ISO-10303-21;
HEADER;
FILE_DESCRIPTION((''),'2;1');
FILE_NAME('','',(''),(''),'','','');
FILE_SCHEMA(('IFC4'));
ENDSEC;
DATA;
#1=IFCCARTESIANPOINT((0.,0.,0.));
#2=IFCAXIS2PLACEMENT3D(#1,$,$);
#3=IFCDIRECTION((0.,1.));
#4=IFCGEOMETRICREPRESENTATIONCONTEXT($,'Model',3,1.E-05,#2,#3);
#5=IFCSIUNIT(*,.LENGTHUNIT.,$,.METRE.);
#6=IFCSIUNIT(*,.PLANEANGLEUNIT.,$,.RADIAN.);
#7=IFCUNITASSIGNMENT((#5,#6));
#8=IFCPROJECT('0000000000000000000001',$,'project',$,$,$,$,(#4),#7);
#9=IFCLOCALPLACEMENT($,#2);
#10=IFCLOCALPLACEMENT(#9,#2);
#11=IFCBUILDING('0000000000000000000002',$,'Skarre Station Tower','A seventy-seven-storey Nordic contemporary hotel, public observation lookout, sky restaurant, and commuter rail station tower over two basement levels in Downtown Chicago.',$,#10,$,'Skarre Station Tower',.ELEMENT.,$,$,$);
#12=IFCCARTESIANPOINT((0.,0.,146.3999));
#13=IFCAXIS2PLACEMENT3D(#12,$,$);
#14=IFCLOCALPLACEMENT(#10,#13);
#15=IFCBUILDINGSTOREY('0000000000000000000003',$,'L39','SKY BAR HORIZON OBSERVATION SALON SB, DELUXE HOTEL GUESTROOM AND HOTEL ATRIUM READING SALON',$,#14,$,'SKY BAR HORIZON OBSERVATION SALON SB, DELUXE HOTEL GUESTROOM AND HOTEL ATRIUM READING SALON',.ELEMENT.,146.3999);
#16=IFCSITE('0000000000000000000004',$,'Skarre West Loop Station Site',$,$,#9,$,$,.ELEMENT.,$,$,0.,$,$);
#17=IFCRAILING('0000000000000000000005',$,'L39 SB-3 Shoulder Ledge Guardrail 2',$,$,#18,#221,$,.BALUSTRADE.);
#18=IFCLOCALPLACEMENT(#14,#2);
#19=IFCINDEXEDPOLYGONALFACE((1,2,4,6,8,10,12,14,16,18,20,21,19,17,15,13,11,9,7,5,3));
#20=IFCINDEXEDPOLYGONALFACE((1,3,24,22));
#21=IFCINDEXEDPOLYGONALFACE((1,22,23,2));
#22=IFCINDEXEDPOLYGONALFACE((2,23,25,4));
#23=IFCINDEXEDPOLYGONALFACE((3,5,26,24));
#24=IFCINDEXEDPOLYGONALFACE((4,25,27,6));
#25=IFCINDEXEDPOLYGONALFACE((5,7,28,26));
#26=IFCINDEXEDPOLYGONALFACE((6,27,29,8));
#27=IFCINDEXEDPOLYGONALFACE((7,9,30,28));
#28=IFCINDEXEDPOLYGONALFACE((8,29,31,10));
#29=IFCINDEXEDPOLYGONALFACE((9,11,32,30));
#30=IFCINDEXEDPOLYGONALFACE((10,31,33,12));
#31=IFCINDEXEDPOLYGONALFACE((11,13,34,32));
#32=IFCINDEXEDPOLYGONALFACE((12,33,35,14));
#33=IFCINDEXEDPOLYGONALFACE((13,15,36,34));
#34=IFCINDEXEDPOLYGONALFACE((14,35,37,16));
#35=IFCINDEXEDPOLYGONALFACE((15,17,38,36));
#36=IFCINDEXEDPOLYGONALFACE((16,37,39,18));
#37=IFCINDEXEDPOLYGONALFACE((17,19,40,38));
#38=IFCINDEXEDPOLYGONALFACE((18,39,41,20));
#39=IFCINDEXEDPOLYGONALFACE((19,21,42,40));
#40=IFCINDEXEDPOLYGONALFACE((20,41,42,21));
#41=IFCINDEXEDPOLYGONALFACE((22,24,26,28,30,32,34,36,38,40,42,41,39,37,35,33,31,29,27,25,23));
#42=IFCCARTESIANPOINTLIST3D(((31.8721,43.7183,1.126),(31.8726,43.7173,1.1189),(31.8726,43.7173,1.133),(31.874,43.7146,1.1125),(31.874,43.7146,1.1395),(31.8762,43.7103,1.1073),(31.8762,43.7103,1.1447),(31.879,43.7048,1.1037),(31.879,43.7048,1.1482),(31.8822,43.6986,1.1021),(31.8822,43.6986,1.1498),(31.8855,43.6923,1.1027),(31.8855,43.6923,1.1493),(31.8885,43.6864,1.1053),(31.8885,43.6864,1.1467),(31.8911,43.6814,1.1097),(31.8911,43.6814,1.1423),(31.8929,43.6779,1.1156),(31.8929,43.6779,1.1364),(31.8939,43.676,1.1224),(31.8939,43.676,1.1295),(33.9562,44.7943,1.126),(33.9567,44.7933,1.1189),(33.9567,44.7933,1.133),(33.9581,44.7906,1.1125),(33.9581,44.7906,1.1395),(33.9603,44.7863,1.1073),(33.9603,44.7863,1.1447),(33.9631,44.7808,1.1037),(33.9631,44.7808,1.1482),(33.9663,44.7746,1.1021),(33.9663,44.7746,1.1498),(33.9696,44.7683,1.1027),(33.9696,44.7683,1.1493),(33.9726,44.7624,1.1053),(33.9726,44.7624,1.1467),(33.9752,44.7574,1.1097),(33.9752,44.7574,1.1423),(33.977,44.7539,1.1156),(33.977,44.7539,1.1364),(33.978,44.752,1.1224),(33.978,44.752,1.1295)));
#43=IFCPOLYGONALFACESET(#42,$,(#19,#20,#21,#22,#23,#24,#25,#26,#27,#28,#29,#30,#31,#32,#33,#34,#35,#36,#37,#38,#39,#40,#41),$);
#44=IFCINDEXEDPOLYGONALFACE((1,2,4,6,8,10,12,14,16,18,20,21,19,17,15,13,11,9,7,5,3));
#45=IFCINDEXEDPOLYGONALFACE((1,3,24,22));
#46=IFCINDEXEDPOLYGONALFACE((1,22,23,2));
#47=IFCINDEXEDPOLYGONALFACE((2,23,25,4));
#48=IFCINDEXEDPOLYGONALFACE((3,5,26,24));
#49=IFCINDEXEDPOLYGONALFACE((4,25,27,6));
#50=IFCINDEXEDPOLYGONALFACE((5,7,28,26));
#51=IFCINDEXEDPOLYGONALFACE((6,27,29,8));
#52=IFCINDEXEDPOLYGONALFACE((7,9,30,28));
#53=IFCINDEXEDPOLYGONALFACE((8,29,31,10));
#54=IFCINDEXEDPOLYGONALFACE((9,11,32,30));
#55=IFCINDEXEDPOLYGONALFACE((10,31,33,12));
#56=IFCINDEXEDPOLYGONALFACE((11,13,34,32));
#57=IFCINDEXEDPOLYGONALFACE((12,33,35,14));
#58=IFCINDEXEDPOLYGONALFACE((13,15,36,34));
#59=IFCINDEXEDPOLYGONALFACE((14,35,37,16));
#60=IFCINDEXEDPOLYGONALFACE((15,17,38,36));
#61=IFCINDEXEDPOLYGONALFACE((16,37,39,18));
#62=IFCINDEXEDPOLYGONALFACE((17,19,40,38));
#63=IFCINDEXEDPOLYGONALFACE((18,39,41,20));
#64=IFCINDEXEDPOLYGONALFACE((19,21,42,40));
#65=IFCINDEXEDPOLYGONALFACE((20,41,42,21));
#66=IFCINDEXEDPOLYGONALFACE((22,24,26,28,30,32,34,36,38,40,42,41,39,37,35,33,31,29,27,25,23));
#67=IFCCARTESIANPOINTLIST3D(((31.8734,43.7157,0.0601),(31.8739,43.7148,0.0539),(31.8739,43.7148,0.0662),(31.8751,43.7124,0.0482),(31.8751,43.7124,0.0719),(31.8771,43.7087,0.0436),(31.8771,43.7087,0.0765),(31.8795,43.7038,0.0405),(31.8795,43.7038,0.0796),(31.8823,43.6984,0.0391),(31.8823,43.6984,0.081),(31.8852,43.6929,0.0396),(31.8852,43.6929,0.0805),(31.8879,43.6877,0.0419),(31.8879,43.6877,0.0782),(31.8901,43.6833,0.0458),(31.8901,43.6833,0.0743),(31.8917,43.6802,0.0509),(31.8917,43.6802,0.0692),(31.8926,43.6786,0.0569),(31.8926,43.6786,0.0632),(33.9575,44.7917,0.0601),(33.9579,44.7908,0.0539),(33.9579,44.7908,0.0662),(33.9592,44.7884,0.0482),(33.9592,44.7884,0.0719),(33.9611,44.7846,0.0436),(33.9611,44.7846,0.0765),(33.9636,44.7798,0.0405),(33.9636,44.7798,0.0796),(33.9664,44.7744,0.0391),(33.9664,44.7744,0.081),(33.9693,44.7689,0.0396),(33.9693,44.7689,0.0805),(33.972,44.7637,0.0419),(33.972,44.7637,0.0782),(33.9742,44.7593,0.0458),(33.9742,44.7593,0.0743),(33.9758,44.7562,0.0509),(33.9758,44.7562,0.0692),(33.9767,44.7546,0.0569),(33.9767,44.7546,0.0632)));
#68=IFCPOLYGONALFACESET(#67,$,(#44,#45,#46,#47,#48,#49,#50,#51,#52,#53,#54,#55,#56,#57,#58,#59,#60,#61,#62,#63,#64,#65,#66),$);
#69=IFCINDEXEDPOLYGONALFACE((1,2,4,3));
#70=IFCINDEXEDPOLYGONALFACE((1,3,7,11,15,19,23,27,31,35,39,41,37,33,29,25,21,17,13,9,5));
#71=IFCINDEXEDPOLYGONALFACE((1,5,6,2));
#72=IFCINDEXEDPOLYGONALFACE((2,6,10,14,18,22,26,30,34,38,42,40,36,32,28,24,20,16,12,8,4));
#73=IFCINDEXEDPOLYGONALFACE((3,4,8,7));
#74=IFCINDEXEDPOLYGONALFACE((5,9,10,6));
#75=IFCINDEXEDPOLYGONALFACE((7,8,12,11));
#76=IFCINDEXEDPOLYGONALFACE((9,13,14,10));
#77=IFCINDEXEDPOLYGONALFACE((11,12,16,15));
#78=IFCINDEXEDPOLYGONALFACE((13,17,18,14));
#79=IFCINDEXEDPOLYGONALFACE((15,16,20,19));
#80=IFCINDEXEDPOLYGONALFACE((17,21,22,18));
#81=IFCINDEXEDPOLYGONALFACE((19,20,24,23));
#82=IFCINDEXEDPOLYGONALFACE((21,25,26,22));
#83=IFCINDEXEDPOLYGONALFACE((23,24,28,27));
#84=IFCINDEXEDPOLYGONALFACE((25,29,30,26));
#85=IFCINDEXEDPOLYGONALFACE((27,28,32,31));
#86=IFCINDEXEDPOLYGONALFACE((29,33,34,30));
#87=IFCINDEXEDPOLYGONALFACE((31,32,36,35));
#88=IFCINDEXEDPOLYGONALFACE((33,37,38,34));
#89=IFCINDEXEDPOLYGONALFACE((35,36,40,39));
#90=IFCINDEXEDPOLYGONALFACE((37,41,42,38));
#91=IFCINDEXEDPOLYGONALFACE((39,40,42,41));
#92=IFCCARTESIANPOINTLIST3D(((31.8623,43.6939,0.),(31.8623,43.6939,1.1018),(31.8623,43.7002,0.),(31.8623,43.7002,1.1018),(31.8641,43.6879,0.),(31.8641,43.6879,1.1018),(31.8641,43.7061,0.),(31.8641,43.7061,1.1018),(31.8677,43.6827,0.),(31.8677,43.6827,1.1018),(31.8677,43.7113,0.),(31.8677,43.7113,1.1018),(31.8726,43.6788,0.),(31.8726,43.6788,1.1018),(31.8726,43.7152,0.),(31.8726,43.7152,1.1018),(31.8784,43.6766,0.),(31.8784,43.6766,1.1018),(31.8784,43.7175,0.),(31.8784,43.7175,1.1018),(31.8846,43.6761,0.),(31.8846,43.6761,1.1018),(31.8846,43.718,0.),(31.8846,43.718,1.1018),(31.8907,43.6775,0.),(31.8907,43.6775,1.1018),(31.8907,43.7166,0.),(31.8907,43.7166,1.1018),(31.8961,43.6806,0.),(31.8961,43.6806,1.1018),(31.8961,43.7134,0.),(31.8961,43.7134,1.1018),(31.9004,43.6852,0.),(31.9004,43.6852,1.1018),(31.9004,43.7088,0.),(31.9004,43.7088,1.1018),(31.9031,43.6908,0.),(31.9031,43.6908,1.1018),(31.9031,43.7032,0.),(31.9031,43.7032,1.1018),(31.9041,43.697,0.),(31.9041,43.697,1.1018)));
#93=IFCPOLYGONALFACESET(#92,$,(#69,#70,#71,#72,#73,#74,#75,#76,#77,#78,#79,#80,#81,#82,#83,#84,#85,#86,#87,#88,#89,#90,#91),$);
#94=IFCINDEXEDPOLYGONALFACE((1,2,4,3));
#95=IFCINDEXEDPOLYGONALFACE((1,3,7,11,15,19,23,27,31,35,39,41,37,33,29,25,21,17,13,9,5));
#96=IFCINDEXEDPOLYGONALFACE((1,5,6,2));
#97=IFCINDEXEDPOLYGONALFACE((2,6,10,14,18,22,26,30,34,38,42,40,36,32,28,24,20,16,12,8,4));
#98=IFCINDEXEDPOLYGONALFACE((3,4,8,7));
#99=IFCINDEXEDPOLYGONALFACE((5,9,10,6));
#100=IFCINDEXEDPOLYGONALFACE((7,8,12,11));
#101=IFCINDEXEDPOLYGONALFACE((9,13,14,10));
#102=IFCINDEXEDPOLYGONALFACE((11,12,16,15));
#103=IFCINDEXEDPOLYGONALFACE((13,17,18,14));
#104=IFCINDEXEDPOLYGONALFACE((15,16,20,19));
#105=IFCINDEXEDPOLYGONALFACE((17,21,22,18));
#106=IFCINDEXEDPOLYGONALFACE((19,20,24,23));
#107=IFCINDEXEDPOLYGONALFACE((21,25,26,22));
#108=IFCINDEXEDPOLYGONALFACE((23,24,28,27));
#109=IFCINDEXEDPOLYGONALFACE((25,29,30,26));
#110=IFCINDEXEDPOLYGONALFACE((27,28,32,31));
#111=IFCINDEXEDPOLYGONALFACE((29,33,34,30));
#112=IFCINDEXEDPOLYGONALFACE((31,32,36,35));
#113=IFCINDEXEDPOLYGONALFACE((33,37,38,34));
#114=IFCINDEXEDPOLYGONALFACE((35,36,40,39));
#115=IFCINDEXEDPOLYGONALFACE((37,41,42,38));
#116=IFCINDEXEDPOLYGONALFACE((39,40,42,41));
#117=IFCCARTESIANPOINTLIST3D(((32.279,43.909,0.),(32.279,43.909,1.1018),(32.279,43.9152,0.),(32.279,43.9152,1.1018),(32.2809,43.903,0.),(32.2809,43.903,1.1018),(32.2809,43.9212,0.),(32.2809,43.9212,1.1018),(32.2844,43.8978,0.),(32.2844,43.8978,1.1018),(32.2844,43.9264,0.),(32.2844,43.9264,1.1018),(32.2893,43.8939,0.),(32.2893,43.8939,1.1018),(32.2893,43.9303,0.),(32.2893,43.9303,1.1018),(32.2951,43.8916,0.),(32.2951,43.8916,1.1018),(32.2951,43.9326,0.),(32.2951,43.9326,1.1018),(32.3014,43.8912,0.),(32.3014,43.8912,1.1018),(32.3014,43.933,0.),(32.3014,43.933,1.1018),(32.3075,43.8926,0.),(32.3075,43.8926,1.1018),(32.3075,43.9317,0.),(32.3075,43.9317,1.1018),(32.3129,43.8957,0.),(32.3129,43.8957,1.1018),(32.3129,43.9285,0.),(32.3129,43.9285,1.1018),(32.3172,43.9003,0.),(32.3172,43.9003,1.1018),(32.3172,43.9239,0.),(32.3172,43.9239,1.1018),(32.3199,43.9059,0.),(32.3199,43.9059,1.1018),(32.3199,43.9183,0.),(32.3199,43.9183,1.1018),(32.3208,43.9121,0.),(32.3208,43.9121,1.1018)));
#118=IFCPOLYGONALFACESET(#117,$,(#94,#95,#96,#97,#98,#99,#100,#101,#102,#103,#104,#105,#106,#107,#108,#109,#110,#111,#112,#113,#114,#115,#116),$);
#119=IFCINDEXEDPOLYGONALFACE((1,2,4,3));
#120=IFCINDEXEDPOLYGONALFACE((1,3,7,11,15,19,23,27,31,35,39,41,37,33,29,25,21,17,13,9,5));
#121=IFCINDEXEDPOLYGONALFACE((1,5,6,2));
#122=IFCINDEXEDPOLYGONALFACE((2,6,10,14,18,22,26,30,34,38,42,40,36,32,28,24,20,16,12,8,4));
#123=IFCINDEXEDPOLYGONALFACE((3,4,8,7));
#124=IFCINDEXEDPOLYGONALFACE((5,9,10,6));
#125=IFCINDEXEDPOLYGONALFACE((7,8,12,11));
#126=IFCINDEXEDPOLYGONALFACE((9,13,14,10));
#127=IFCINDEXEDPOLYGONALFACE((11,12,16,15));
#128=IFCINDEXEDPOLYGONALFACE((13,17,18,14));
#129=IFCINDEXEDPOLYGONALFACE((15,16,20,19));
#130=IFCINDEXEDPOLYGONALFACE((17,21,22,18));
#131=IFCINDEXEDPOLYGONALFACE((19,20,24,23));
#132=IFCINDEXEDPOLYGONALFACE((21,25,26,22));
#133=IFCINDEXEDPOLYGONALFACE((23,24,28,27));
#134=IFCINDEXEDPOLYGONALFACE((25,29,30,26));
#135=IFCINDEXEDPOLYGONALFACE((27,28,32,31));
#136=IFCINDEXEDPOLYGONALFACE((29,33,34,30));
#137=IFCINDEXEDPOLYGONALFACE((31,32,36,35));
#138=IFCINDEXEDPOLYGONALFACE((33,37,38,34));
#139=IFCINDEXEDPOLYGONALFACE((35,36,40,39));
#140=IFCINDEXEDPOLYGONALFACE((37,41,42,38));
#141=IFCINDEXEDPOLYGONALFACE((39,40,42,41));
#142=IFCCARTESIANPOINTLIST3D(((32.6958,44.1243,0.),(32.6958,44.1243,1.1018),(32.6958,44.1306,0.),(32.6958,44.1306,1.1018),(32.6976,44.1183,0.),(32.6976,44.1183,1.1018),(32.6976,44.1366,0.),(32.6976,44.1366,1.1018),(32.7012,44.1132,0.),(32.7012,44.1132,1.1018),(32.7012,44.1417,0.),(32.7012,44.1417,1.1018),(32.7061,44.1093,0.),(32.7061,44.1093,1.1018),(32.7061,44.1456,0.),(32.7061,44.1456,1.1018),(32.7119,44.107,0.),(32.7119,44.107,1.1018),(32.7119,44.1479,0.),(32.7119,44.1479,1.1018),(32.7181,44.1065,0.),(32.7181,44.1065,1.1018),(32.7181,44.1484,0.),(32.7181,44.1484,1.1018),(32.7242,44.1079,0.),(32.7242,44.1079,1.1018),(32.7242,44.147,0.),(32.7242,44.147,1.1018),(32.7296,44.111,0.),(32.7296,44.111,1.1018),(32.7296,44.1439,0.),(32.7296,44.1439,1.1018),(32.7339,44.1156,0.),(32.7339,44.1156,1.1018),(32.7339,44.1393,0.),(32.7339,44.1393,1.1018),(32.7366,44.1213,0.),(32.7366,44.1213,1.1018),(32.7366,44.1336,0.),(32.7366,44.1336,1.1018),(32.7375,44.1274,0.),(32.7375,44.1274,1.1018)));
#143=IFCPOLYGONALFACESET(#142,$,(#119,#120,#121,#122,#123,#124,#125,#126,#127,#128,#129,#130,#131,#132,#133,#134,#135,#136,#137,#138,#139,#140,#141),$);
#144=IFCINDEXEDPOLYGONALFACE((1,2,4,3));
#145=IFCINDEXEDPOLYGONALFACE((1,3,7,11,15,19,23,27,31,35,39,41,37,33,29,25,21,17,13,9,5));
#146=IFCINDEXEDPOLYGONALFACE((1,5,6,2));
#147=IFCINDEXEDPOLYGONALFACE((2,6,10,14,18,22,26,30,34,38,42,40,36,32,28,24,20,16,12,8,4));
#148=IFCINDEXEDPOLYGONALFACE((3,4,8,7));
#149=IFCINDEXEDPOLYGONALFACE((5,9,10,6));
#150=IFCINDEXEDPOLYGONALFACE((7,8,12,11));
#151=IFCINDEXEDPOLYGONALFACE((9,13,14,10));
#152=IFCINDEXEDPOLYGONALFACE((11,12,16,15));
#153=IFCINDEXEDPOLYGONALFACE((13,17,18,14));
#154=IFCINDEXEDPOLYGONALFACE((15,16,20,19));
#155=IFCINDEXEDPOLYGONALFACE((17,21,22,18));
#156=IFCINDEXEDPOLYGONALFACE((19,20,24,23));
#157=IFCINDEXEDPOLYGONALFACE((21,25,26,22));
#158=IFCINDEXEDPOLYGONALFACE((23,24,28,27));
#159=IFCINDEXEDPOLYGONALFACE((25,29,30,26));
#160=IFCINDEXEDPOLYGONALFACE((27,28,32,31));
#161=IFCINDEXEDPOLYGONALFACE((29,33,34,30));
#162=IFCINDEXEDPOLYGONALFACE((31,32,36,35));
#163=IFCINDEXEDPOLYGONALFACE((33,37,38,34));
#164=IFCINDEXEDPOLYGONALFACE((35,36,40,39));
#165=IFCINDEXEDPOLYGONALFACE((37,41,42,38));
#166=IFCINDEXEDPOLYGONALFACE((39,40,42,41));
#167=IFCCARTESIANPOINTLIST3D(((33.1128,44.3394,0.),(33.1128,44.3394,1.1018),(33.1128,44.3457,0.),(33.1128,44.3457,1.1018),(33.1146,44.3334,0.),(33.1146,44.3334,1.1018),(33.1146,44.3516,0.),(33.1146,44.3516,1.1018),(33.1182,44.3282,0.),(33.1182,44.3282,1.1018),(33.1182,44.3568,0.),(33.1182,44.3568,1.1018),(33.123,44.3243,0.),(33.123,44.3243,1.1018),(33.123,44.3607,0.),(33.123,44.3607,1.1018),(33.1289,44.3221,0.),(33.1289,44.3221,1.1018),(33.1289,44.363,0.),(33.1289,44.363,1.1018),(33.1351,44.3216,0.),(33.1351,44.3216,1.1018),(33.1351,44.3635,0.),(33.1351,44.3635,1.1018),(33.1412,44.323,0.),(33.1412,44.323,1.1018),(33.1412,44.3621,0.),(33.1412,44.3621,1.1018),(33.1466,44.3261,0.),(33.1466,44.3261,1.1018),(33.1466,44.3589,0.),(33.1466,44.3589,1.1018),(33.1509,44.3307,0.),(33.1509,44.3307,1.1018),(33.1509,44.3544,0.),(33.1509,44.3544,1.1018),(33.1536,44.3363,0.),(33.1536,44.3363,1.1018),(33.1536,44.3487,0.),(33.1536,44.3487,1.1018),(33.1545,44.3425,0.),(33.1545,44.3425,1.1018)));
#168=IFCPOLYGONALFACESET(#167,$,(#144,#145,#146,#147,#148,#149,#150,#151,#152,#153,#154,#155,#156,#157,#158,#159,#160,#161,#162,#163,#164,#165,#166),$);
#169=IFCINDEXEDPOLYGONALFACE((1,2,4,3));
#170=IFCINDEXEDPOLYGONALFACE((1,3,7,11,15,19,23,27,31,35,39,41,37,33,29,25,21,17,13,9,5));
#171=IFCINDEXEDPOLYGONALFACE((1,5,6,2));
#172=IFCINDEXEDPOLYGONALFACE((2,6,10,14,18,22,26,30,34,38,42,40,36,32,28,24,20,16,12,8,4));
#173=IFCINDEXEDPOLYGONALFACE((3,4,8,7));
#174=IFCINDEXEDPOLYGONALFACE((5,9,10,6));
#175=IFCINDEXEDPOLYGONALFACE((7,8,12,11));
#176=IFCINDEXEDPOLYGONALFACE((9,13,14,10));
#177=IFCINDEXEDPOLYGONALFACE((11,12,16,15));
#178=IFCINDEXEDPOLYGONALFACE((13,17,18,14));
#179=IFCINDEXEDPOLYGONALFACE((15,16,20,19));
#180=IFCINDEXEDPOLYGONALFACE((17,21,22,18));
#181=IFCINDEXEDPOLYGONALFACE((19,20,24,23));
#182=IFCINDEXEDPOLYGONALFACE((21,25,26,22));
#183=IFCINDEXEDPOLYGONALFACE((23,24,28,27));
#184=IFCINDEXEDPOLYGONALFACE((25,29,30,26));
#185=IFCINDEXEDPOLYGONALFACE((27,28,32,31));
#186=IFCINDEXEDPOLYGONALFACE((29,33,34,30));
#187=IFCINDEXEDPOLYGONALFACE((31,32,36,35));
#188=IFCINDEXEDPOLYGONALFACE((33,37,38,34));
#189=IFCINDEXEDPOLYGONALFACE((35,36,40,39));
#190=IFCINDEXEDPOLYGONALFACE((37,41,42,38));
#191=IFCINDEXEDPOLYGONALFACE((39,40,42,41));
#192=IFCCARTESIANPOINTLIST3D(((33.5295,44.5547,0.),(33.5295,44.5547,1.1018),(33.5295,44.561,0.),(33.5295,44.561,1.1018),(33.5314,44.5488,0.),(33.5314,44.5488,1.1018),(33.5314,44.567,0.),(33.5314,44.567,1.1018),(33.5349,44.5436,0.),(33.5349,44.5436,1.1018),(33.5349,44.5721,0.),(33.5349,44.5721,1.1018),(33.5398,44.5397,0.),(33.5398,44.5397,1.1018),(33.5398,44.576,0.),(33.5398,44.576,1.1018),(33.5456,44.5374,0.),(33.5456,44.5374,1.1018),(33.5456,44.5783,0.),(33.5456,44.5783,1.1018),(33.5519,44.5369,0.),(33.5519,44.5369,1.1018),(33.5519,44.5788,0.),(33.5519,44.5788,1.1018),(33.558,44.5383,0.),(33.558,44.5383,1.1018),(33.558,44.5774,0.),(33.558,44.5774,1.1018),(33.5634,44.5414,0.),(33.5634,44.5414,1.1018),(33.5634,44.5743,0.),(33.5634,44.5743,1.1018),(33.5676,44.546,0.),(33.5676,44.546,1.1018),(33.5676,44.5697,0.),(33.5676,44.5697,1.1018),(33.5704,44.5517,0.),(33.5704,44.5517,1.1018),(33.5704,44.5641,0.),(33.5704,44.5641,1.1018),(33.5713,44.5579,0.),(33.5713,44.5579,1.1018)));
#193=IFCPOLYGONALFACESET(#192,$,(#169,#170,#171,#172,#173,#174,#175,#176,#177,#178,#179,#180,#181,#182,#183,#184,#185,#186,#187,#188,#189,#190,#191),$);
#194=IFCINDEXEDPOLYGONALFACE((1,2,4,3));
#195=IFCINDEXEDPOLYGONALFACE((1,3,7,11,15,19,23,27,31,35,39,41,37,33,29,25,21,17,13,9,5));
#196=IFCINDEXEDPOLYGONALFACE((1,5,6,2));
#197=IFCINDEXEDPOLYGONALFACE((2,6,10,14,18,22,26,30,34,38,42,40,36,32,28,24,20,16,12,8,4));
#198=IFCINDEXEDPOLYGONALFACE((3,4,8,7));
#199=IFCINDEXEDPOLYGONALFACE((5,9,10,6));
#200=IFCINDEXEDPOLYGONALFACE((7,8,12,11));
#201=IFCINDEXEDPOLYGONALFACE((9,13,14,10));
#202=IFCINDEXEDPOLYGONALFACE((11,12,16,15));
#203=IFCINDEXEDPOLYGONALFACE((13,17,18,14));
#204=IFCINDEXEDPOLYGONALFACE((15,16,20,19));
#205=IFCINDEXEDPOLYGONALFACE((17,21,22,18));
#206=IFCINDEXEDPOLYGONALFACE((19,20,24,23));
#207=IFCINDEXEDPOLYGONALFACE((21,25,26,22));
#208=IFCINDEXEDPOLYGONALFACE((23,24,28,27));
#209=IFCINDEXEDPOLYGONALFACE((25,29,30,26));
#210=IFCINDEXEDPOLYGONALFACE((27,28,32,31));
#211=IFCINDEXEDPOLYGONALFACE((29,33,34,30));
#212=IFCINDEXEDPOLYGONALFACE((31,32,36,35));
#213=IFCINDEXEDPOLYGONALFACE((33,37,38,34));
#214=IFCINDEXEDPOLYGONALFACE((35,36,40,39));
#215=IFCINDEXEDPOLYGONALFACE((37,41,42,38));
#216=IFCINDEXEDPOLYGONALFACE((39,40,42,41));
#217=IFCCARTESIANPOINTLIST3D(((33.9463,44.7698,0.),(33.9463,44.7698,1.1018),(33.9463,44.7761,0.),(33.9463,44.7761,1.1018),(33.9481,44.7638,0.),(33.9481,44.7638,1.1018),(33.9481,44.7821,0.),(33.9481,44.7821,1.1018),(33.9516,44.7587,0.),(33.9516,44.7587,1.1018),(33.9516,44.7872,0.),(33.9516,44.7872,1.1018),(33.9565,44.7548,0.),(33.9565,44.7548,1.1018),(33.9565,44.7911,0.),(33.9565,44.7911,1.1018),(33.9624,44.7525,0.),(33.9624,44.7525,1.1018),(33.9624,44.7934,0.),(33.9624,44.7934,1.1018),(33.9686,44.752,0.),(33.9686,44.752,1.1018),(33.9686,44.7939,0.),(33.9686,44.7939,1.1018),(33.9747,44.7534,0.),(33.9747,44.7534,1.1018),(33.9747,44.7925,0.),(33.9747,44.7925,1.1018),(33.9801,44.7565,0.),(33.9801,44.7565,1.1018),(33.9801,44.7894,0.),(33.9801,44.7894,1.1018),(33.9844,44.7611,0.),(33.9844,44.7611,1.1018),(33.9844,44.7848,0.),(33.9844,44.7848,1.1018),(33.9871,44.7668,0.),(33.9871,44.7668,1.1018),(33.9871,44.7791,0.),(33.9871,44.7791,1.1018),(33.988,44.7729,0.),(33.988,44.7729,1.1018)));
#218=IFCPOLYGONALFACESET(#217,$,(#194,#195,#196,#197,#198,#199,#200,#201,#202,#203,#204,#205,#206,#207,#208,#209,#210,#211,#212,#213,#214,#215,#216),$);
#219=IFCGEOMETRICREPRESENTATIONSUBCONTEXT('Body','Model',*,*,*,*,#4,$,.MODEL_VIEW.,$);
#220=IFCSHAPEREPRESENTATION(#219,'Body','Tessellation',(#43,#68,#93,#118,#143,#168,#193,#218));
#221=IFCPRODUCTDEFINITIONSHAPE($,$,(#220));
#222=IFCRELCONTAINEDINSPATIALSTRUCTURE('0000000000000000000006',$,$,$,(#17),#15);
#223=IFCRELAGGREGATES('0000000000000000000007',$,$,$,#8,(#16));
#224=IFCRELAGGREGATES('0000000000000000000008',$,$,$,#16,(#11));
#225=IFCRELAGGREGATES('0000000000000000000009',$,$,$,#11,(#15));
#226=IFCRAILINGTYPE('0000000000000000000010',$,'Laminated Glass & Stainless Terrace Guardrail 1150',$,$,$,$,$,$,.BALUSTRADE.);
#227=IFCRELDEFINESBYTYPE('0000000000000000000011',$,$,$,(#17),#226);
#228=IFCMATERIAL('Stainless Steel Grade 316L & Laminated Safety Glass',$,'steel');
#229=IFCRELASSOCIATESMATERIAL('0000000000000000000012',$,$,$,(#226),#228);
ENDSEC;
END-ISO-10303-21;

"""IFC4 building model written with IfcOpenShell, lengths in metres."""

from ifc_helpers import new_model, si_unit, direction, frame, origin, origin_2d, place, context, subcontext, project, spatial, circle, extrude, material, type_object, element, save


model = new_model("IFC4")

# Units and contexts
model_context = context("Model", 3, precision=1e-05, world=origin(), true_north=direction((0.0, 1.0)))
body_context = subcontext(model_context, "Body", "Model", "MODEL_VIEW")
ifc_project = project(units=[si_unit("LENGTHUNIT", "METRE"), si_unit("PLANEANGLEUNIT", "RADIAN")], contexts=[model_context])

# Site, building, storey
site_placement = place(None, origin())
site = spatial("IfcSite", under=ifc_project, at=site_placement, Name="Skarre West Loop Station Site", CompositionType="ELEMENT", RefElevation=0.0)
building_placement = place(site_placement, origin())
building = spatial("IfcBuilding", under=site, at=building_placement, Name="Skarre Station Tower", Description="A seventy-seven-storey Nordic contemporary hotel, public observation lookout, sky restaurant, and commuter rail station tower over two basement levels in Downtown Chicago.", LongName="Skarre Station Tower", CompositionType="ELEMENT")
storey_placement = place(building_placement, frame((0.0, 0.0, 146.3999)))
storey = spatial("IfcBuildingStorey", under=building, at=storey_placement, Name="L39", Description="SKY BAR HORIZON OBSERVATION SALON SB, DELUXE HOTEL GUESTROOM AND HOTEL ATRIUM READING SALON", LongName="SKY BAR HORIZON OBSERVATION SALON SB, DELUXE HOTEL GUESTROOM AND HOTEL ATRIUM READING SALON", CompositionType="ELEMENT", Elevation=146.3999)

# Railing
ifc_material_1 = material(Name="Stainless Steel Grade 316L & Laminated Safety Glass", Category="steel")
railing_type = type_object("IfcRailingType", Name="Laminated Glass & Stainless Terrace Guardrail 1150", PredefinedType="BALUSTRADE", material=ifc_material_1)
railing_placement = place(storey_placement, frame((31.8831, 43.697, 0.0)))
element("IfcRailing", 1, at=railing_placement, inside=storey, type_object=railing_type, Name="L39 SB-3 Shoulder Ledge Guardrail 2", PredefinedType="BALUSTRADE", context=body_context, shape_type="SweptSolid", body=[
    extrude(circle(Radius=0.0239, at=origin_2d()), frame((0.0, 0.0, 1.126), z_axis=(0.888565, 0.458752, 0.0), x_axis=(-0.458752, 0.888565, 0.0)), (0.0, 0.0, 1.0), 2.3455),
    extrude(circle(Radius=0.021, at=origin_2d()), frame((0.0, 0.0, 0.0601), z_axis=(0.888565, 0.458752, 0.0), x_axis=(-0.458752, 0.888565, 0.0)), (0.0, 0.0, 1.0), 2.3455),
    extrude(circle(Radius=0.021, at=origin_2d()), origin(), (0.0, 0.0, 1.0), 1.1018),
    extrude(circle(Radius=0.021, at=origin_2d()), frame((0.4167, 0.2151, 0.0)), (0.0, 0.0, 1.0), 1.1018),
    extrude(circle(Radius=0.021, at=origin_2d()), frame((0.8335, 0.4304, 0.0)), (0.0, 0.0, 1.0), 1.1018),
    extrude(circle(Radius=0.021, at=origin_2d()), frame((1.2505, 0.6455, 0.0)), (0.0, 0.0, 1.0), 1.1018),
    extrude(circle(Radius=0.021, at=origin_2d()), frame((1.6672, 0.8608, 0.0)), (0.0, 0.0, 1.0), 1.1018),
    extrude(circle(Radius=0.021, at=origin_2d()), frame((2.084, 1.0759, 0.0)), (0.0, 0.0, 1.0), 1.1018),
])

save(model, "model.ifc")
